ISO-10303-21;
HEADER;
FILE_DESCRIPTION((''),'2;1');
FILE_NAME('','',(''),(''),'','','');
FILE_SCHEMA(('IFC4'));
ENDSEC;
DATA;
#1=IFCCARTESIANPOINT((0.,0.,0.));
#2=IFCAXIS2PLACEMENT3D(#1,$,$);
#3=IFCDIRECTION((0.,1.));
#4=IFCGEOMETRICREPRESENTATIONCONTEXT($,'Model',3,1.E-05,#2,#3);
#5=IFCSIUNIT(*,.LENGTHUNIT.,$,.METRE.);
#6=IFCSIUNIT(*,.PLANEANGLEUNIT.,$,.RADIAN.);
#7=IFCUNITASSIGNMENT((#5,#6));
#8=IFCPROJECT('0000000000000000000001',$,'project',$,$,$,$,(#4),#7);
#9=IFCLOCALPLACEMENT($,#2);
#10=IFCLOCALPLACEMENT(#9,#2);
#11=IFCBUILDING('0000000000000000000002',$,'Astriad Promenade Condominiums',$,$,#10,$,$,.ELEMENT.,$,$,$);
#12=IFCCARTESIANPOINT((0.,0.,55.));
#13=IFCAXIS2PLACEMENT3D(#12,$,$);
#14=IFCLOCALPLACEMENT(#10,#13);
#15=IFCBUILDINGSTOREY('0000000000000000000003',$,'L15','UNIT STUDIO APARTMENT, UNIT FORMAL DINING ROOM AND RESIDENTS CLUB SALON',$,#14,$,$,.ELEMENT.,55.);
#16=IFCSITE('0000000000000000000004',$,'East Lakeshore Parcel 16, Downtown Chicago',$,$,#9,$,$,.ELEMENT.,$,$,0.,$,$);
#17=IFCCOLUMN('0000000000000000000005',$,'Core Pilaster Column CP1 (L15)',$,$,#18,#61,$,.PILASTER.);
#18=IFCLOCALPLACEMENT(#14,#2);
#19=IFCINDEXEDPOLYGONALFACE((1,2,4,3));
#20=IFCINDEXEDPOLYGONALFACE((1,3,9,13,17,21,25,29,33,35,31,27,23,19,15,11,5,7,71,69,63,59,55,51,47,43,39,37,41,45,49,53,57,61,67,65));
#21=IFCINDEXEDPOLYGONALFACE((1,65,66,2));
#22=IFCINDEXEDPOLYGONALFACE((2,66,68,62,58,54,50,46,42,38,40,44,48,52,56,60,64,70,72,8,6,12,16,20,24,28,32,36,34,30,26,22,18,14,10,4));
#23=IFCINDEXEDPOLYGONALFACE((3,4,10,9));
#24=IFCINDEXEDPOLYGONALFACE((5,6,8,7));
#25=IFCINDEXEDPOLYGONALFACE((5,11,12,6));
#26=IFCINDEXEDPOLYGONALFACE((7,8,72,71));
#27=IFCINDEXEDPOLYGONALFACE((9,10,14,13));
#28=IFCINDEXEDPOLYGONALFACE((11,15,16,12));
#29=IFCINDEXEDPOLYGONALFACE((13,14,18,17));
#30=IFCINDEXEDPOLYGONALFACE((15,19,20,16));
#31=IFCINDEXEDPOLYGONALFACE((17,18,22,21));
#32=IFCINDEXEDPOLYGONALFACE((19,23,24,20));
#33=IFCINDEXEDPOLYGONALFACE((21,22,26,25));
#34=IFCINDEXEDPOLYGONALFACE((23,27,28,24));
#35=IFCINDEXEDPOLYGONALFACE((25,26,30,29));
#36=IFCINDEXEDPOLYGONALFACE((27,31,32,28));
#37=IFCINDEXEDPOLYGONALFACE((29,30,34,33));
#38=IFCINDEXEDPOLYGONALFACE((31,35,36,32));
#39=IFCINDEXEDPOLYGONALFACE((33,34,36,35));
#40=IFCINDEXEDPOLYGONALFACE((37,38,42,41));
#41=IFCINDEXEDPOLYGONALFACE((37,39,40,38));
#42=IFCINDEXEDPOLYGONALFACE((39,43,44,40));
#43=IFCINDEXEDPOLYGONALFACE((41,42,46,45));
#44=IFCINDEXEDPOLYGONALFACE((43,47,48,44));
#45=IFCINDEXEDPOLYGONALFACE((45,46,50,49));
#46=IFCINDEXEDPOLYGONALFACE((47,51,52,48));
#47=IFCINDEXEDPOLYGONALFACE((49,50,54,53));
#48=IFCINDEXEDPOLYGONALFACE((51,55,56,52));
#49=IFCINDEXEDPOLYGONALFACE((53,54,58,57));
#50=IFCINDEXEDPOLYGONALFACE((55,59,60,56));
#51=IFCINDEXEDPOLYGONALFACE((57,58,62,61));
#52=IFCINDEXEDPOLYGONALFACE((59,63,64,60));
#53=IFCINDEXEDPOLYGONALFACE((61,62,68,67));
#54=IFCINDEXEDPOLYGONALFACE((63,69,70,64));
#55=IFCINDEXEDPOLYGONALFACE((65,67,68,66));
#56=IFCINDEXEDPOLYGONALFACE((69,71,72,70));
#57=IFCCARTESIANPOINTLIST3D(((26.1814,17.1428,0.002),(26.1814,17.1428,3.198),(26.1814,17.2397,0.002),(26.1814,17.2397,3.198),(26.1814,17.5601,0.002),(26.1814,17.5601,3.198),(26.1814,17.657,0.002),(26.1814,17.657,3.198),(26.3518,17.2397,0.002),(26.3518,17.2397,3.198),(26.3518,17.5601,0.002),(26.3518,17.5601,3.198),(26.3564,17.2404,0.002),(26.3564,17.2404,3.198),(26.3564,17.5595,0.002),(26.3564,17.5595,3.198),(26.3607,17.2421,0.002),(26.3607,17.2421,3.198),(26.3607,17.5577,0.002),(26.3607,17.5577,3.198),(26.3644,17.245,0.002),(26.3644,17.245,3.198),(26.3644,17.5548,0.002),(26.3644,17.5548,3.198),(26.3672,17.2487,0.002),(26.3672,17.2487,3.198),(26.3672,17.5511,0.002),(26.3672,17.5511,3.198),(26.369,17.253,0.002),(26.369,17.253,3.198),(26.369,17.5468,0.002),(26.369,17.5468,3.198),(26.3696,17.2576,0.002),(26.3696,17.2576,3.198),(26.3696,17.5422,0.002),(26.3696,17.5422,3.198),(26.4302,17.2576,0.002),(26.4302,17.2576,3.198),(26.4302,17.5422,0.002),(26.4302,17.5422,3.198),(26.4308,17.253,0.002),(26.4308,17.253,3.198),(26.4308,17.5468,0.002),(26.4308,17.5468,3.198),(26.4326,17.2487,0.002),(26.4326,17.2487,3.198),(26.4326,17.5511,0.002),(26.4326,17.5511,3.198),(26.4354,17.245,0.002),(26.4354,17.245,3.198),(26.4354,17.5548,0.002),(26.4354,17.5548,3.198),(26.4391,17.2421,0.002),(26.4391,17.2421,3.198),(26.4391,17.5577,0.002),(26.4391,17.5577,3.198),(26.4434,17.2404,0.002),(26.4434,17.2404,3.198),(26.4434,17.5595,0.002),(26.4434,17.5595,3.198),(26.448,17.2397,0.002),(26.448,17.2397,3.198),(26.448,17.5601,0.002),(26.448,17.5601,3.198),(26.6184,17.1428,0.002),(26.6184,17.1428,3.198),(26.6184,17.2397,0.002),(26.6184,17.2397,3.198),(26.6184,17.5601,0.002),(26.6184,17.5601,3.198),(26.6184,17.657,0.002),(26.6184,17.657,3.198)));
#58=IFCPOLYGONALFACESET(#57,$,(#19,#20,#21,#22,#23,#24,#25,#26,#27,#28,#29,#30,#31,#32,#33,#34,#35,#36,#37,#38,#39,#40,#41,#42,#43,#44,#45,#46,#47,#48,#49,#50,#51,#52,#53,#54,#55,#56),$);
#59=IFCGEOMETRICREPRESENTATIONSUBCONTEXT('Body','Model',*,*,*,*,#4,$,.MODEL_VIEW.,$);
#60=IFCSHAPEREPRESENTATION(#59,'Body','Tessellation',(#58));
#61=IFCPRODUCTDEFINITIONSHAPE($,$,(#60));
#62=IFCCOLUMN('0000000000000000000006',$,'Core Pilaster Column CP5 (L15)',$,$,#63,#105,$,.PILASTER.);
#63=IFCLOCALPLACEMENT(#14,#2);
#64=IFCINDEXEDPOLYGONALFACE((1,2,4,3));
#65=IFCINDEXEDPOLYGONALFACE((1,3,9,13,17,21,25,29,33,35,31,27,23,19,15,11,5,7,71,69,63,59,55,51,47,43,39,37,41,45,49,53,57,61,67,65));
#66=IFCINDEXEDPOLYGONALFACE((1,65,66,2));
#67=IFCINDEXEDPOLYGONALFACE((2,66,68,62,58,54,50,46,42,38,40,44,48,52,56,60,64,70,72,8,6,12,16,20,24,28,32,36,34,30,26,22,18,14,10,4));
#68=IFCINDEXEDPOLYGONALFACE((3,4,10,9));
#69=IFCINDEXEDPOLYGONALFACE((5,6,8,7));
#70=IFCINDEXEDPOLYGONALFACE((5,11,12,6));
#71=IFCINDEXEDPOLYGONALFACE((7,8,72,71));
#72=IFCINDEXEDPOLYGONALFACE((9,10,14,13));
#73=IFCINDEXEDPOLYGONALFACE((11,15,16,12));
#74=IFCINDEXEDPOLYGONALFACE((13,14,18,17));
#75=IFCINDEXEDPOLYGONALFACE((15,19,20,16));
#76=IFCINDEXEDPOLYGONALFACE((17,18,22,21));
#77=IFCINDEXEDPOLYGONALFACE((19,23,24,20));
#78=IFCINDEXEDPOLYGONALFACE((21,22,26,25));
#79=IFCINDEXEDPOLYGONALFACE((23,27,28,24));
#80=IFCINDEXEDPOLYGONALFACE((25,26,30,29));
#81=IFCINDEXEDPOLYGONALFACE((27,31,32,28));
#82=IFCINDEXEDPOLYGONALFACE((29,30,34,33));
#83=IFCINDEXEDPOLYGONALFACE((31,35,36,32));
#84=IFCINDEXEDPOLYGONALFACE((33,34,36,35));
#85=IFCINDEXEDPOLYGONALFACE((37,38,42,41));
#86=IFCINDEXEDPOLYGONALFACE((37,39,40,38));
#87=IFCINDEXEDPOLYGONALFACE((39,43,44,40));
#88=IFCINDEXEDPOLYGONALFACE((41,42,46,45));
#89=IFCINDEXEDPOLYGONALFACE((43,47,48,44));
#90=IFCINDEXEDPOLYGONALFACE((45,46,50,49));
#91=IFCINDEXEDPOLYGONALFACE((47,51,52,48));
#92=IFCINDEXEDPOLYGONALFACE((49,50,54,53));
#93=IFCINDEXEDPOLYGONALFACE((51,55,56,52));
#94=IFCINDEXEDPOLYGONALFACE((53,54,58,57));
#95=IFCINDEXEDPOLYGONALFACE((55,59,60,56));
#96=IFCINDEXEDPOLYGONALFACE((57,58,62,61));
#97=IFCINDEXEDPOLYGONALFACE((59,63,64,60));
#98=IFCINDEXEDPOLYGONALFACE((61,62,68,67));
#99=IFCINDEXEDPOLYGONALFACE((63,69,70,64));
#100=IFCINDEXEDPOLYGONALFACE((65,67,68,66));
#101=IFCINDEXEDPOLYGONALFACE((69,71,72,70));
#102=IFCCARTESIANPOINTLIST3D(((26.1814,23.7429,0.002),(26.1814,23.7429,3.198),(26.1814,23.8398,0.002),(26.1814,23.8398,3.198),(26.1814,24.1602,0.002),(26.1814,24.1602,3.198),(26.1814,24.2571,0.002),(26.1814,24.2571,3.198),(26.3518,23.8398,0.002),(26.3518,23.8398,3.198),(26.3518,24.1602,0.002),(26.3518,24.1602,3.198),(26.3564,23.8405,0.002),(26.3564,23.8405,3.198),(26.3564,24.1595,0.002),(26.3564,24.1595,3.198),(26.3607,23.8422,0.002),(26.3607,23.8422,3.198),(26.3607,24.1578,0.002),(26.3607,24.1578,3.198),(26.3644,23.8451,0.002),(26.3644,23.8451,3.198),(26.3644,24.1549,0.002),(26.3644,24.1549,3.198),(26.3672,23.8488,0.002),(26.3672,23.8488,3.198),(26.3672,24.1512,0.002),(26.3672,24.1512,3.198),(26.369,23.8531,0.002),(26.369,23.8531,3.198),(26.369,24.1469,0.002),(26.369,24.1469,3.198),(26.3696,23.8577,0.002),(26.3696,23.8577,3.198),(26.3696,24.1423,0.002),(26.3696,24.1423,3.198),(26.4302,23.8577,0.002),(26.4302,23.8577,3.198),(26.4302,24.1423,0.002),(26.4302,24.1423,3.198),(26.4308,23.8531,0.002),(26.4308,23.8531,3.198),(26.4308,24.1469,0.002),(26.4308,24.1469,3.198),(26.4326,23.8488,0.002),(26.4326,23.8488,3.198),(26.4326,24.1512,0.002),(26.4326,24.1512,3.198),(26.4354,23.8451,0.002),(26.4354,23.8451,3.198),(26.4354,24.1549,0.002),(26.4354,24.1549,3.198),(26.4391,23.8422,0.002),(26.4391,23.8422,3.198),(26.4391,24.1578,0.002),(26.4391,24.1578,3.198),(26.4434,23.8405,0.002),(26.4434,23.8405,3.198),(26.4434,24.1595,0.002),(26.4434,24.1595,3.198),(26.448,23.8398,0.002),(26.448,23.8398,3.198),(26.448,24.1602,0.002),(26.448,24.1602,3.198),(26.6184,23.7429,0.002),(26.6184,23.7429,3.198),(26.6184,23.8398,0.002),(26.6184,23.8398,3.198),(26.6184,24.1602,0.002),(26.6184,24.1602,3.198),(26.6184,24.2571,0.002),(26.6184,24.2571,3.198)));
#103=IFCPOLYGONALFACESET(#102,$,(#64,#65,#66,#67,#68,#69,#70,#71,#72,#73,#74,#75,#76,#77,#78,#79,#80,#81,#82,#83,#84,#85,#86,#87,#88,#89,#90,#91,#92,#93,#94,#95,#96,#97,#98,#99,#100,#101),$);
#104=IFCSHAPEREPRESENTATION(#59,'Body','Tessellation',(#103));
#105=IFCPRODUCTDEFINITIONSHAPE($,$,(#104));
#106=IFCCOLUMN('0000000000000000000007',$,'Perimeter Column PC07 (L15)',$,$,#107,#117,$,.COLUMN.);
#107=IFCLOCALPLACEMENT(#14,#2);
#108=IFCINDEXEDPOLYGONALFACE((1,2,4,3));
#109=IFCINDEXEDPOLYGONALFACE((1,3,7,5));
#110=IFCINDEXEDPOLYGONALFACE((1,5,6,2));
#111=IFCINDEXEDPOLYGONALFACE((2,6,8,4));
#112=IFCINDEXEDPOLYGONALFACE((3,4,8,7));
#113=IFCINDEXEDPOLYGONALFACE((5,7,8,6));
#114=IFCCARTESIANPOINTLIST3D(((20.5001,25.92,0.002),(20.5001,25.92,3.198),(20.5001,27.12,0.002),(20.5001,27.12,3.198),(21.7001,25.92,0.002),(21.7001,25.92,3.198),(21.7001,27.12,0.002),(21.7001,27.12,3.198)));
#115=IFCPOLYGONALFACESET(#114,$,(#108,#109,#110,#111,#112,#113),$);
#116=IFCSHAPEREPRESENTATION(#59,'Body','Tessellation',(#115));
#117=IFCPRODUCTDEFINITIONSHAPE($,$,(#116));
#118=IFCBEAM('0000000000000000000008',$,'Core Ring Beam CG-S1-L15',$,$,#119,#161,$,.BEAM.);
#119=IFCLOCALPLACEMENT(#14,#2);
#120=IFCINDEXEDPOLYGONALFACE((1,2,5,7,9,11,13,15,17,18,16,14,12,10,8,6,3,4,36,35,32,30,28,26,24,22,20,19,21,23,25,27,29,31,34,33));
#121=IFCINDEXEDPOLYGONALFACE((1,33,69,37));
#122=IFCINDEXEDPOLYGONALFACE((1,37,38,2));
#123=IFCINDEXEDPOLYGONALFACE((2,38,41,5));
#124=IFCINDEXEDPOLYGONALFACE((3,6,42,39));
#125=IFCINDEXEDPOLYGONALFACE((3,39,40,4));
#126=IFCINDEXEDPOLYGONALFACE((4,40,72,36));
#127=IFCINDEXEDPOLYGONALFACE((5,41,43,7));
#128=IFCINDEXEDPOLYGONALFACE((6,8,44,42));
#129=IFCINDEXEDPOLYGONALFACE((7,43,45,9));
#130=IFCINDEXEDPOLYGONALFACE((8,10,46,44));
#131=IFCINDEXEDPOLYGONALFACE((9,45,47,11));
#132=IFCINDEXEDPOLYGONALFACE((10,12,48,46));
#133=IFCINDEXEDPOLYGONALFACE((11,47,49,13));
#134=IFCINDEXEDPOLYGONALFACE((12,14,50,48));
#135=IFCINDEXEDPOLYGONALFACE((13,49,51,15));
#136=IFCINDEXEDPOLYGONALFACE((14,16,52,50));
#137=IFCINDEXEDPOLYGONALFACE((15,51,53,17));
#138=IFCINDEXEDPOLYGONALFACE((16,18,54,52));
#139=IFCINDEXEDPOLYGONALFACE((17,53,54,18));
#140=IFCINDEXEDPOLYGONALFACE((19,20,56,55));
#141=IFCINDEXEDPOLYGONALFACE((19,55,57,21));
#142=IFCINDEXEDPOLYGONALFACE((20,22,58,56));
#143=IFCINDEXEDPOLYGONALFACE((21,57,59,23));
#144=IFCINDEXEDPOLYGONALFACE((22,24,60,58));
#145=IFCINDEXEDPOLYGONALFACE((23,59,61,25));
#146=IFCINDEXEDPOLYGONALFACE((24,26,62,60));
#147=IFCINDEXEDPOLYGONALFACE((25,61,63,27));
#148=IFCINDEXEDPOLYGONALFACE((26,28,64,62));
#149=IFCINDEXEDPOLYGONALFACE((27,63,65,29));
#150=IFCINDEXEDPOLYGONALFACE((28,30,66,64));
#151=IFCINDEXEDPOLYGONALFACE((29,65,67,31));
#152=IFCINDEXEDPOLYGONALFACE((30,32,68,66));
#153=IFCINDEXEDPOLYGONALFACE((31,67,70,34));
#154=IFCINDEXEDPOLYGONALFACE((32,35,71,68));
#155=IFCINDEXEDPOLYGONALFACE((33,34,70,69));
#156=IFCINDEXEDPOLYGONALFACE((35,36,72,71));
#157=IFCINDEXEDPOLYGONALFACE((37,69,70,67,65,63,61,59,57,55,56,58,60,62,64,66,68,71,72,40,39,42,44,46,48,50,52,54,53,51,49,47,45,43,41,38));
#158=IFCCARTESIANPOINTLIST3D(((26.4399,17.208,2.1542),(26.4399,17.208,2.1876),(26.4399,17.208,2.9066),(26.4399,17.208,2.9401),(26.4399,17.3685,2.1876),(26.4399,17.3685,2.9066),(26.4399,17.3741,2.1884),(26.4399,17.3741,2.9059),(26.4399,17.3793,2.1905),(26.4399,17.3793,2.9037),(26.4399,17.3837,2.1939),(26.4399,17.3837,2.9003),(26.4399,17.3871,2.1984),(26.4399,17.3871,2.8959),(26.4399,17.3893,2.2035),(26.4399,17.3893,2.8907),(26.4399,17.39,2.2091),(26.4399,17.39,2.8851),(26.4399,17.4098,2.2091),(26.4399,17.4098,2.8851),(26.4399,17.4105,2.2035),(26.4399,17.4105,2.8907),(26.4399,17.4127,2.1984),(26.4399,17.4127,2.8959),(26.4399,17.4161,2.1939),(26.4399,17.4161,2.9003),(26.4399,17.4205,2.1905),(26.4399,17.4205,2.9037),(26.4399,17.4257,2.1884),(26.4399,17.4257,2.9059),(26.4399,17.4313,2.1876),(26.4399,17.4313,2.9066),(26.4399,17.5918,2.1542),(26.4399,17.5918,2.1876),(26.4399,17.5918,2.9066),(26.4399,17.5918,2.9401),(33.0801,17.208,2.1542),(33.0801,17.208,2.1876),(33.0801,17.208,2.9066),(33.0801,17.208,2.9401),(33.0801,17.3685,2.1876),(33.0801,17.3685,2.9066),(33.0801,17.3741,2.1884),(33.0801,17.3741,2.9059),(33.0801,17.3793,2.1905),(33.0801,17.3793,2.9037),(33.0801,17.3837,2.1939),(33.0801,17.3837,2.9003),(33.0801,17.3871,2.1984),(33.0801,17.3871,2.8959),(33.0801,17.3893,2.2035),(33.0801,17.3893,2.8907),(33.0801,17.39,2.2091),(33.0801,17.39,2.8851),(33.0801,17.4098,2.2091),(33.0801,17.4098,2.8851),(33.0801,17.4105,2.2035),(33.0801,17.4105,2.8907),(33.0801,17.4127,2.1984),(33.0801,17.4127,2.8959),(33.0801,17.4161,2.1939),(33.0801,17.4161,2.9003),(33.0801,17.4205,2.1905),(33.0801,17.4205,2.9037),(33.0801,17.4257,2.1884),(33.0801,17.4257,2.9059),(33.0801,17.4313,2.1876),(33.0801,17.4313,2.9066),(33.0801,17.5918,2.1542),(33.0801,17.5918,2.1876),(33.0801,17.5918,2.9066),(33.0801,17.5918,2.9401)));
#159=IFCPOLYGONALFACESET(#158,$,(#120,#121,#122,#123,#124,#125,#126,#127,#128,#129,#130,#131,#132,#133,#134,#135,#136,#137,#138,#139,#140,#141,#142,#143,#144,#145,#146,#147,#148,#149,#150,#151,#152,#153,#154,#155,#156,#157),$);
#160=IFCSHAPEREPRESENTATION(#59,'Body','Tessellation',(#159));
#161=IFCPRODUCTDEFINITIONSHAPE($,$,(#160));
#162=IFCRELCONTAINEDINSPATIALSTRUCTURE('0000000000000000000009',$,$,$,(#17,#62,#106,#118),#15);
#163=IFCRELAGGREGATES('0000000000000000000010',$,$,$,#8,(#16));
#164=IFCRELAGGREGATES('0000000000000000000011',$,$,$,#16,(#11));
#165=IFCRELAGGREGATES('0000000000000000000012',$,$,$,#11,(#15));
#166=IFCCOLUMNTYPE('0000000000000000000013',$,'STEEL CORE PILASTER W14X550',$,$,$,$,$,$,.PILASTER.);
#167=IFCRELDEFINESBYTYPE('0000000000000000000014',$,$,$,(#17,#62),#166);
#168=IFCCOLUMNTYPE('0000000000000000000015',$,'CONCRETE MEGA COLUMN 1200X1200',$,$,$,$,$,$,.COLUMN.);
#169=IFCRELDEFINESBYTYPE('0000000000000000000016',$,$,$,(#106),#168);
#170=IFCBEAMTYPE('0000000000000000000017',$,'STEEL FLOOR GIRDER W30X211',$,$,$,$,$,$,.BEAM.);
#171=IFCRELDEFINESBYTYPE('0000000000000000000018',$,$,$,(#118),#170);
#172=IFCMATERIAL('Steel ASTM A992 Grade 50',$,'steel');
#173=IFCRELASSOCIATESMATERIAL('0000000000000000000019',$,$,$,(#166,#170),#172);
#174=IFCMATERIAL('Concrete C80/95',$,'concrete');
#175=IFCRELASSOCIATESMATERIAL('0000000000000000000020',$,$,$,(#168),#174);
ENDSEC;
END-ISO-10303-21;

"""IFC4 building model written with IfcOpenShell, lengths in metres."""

from ifc_helpers import new_model, si_unit, direction, frame, origin, origin_2d, place, context, subcontext, project, spatial, rectangle, i_section, extrude, source, transform, mapped, material, material_profile, profile_set, type_object, type_shapes, element, save


model = new_model("IFC4")

# Units and contexts
model_context = context("Model", 3, precision=1e-05, world=origin(), true_north=direction((0.0, 1.0)))
body_context = subcontext(model_context, "Body", "Model", "MODEL_VIEW")
ifc_project = project(units=[si_unit("LENGTHUNIT", "METRE"), si_unit("PLANEANGLEUNIT", "RADIAN")], contexts=[model_context])

# Site, building, storey
site_placement = place(None, origin())
site = spatial("IfcSite", under=ifc_project, at=site_placement, Name="East Lakeshore Parcel 16, Downtown Chicago", CompositionType="ELEMENT", RefElevation=0.0)
building_placement = place(site_placement, origin())
building = spatial("IfcBuilding", under=site, at=building_placement, Name="Astriad Promenade Condominiums", CompositionType="ELEMENT")
storey_placement = place(building_placement, frame((0.0, 0.0, 55.0)))
storey = spatial("IfcBuildingStorey", under=building, at=storey_placement, Name="L15", Description="UNIT STUDIO APARTMENT, UNIT FORMAL DINING ROOM AND RESIDENTS CLUB SALON", CompositionType="ELEMENT", Elevation=55.0)

# Columns
ifc_material_1 = material(Name="Steel ASTM A992 Grade 50", Category="steel")
ifc_material_profile_1 = material_profile(ifc_material_1, i_section(OverallWidth=0.437, OverallDepth=0.5142, WebThickness=0.0605, FlangeThickness=0.0969, FilletRadius=0.0178, at=origin_2d()), Name="W14X550")
ifc_profile_set_1 = profile_set([ifc_material_profile_1], Name="Steel ASTM A992 Grade 50")
column_type_1 = type_object("IfcColumnType", Name="STEEL CORE PILASTER W14X550", PredefinedType="PILASTER", material=ifc_profile_set_1)
shared_shape_1 = source(origin(), body_context, "Body", "SweptSolid", [
    extrude(i_section(OverallWidth=0.437, OverallDepth=0.5142, WebThickness=0.0605, FlangeThickness=0.0969, FilletRadius=0.0178, at=origin_2d()), origin(), (0.0, 0.0, 1.0), 3.196),
])
type_shapes(column_type_1, [shared_shape_1])
for number, where, z_axis, x_axis, name in (
    (1, (26.3999, 17.3999, 0.002), (0.0, 0.0, 1.0), (1.0, 0.0, 0.0), "Core Pilaster Column CP1 (L15)"),
    (2, (26.3999, 24.0, 0.002), (0.0, 0.0, 1.0), (1.0, 0.0, 0.0), "Core Pilaster Column CP5 (L15)"),
):
    element("IfcColumn", number, at=place(storey_placement, frame(where, z_axis=z_axis, x_axis=x_axis)), inside=storey, type_object=column_type_1, Name=name, PredefinedType="PILASTER", context=body_context, shape_type="MappedRepresentation", body=[
        mapped(shared_shape_1, transform((0.0, 0.0, 0.0), scale=1.0)),
    ])
ifc_material_2 = material(Name="Concrete C80/95", Category="concrete")
ifc_material_profile_2 = material_profile(ifc_material_2, rectangle(XDim=1.2, YDim=1.2, at=origin_2d()), Name="RC-COL-1200X1200")
ifc_profile_set_2 = profile_set([ifc_material_profile_2], Name="Concrete C80/95")
column_type_2 = type_object("IfcColumnType", Name="CONCRETE MEGA COLUMN 1200X1200", PredefinedType="COLUMN", material=ifc_profile_set_2)
shared_shape_2 = source(origin(), body_context, "Body", "SweptSolid", [
    extrude(rectangle(XDim=1.2, YDim=1.2, at=origin_2d()), origin(), (0.0, 0.0, 1.0), 3.196),
])
type_shapes(column_type_2, [shared_shape_2])
column_placement = place(storey_placement, frame((21.1001, 26.52, 0.002), z_axis=(0.0, 0.0, 1.0), x_axis=(1.0, 0.0, 0.0)))
element("IfcColumn", 3, at=column_placement, inside=storey, type_object=column_type_2, Name="Perimeter Column PC07 (L15)", PredefinedType="COLUMN", context=body_context, shape_type="MappedRepresentation", body=[
    mapped(shared_shape_2, transform((0.0, 0.0, 0.0), scale=1.0)),
])

# Beam
ifc_material_profile_3 = material_profile(ifc_material_1, i_section(OverallWidth=0.3838, OverallDepth=0.7859, WebThickness=0.0198, FlangeThickness=0.0334, FilletRadius=0.0215, at=origin_2d()), Name="W30X211")
ifc_profile_set_3 = profile_set([ifc_material_profile_3], Name="Steel ASTM A992 Grade 50")
beam_type_1 = type_object("IfcBeamType", Name="STEEL FLOOR GIRDER W30X211", PredefinedType="BEAM", material=ifc_profile_set_3)
shared_shape_3 = source(origin(), body_context, "Body", "SweptSolid", [
    extrude(i_section(OverallWidth=0.3838, OverallDepth=0.7859, WebThickness=0.0198, FlangeThickness=0.0334, FilletRadius=0.0215, at=origin_2d()), origin(), (0.0, 0.0, 1.0), 6.6401),
])
type_shapes(beam_type_1, [shared_shape_3])
beam_1_placement = place(storey_placement, frame((26.4399, 17.3999, 2.5471), z_axis=(1.0, 0.0, 0.0), x_axis=(0.0, 1.0, 0.0)))
element("IfcBeam", 4, at=beam_1_placement, inside=storey, type_object=beam_type_1, Name="Core Ring Beam CG-S1-L15", PredefinedType="BEAM", context=body_context, shape_type="MappedRepresentation", body=[
    mapped(shared_shape_3, transform((0.0, 0.0, 0.0), scale=1.0)),
])

save(model, "model.ifc")
